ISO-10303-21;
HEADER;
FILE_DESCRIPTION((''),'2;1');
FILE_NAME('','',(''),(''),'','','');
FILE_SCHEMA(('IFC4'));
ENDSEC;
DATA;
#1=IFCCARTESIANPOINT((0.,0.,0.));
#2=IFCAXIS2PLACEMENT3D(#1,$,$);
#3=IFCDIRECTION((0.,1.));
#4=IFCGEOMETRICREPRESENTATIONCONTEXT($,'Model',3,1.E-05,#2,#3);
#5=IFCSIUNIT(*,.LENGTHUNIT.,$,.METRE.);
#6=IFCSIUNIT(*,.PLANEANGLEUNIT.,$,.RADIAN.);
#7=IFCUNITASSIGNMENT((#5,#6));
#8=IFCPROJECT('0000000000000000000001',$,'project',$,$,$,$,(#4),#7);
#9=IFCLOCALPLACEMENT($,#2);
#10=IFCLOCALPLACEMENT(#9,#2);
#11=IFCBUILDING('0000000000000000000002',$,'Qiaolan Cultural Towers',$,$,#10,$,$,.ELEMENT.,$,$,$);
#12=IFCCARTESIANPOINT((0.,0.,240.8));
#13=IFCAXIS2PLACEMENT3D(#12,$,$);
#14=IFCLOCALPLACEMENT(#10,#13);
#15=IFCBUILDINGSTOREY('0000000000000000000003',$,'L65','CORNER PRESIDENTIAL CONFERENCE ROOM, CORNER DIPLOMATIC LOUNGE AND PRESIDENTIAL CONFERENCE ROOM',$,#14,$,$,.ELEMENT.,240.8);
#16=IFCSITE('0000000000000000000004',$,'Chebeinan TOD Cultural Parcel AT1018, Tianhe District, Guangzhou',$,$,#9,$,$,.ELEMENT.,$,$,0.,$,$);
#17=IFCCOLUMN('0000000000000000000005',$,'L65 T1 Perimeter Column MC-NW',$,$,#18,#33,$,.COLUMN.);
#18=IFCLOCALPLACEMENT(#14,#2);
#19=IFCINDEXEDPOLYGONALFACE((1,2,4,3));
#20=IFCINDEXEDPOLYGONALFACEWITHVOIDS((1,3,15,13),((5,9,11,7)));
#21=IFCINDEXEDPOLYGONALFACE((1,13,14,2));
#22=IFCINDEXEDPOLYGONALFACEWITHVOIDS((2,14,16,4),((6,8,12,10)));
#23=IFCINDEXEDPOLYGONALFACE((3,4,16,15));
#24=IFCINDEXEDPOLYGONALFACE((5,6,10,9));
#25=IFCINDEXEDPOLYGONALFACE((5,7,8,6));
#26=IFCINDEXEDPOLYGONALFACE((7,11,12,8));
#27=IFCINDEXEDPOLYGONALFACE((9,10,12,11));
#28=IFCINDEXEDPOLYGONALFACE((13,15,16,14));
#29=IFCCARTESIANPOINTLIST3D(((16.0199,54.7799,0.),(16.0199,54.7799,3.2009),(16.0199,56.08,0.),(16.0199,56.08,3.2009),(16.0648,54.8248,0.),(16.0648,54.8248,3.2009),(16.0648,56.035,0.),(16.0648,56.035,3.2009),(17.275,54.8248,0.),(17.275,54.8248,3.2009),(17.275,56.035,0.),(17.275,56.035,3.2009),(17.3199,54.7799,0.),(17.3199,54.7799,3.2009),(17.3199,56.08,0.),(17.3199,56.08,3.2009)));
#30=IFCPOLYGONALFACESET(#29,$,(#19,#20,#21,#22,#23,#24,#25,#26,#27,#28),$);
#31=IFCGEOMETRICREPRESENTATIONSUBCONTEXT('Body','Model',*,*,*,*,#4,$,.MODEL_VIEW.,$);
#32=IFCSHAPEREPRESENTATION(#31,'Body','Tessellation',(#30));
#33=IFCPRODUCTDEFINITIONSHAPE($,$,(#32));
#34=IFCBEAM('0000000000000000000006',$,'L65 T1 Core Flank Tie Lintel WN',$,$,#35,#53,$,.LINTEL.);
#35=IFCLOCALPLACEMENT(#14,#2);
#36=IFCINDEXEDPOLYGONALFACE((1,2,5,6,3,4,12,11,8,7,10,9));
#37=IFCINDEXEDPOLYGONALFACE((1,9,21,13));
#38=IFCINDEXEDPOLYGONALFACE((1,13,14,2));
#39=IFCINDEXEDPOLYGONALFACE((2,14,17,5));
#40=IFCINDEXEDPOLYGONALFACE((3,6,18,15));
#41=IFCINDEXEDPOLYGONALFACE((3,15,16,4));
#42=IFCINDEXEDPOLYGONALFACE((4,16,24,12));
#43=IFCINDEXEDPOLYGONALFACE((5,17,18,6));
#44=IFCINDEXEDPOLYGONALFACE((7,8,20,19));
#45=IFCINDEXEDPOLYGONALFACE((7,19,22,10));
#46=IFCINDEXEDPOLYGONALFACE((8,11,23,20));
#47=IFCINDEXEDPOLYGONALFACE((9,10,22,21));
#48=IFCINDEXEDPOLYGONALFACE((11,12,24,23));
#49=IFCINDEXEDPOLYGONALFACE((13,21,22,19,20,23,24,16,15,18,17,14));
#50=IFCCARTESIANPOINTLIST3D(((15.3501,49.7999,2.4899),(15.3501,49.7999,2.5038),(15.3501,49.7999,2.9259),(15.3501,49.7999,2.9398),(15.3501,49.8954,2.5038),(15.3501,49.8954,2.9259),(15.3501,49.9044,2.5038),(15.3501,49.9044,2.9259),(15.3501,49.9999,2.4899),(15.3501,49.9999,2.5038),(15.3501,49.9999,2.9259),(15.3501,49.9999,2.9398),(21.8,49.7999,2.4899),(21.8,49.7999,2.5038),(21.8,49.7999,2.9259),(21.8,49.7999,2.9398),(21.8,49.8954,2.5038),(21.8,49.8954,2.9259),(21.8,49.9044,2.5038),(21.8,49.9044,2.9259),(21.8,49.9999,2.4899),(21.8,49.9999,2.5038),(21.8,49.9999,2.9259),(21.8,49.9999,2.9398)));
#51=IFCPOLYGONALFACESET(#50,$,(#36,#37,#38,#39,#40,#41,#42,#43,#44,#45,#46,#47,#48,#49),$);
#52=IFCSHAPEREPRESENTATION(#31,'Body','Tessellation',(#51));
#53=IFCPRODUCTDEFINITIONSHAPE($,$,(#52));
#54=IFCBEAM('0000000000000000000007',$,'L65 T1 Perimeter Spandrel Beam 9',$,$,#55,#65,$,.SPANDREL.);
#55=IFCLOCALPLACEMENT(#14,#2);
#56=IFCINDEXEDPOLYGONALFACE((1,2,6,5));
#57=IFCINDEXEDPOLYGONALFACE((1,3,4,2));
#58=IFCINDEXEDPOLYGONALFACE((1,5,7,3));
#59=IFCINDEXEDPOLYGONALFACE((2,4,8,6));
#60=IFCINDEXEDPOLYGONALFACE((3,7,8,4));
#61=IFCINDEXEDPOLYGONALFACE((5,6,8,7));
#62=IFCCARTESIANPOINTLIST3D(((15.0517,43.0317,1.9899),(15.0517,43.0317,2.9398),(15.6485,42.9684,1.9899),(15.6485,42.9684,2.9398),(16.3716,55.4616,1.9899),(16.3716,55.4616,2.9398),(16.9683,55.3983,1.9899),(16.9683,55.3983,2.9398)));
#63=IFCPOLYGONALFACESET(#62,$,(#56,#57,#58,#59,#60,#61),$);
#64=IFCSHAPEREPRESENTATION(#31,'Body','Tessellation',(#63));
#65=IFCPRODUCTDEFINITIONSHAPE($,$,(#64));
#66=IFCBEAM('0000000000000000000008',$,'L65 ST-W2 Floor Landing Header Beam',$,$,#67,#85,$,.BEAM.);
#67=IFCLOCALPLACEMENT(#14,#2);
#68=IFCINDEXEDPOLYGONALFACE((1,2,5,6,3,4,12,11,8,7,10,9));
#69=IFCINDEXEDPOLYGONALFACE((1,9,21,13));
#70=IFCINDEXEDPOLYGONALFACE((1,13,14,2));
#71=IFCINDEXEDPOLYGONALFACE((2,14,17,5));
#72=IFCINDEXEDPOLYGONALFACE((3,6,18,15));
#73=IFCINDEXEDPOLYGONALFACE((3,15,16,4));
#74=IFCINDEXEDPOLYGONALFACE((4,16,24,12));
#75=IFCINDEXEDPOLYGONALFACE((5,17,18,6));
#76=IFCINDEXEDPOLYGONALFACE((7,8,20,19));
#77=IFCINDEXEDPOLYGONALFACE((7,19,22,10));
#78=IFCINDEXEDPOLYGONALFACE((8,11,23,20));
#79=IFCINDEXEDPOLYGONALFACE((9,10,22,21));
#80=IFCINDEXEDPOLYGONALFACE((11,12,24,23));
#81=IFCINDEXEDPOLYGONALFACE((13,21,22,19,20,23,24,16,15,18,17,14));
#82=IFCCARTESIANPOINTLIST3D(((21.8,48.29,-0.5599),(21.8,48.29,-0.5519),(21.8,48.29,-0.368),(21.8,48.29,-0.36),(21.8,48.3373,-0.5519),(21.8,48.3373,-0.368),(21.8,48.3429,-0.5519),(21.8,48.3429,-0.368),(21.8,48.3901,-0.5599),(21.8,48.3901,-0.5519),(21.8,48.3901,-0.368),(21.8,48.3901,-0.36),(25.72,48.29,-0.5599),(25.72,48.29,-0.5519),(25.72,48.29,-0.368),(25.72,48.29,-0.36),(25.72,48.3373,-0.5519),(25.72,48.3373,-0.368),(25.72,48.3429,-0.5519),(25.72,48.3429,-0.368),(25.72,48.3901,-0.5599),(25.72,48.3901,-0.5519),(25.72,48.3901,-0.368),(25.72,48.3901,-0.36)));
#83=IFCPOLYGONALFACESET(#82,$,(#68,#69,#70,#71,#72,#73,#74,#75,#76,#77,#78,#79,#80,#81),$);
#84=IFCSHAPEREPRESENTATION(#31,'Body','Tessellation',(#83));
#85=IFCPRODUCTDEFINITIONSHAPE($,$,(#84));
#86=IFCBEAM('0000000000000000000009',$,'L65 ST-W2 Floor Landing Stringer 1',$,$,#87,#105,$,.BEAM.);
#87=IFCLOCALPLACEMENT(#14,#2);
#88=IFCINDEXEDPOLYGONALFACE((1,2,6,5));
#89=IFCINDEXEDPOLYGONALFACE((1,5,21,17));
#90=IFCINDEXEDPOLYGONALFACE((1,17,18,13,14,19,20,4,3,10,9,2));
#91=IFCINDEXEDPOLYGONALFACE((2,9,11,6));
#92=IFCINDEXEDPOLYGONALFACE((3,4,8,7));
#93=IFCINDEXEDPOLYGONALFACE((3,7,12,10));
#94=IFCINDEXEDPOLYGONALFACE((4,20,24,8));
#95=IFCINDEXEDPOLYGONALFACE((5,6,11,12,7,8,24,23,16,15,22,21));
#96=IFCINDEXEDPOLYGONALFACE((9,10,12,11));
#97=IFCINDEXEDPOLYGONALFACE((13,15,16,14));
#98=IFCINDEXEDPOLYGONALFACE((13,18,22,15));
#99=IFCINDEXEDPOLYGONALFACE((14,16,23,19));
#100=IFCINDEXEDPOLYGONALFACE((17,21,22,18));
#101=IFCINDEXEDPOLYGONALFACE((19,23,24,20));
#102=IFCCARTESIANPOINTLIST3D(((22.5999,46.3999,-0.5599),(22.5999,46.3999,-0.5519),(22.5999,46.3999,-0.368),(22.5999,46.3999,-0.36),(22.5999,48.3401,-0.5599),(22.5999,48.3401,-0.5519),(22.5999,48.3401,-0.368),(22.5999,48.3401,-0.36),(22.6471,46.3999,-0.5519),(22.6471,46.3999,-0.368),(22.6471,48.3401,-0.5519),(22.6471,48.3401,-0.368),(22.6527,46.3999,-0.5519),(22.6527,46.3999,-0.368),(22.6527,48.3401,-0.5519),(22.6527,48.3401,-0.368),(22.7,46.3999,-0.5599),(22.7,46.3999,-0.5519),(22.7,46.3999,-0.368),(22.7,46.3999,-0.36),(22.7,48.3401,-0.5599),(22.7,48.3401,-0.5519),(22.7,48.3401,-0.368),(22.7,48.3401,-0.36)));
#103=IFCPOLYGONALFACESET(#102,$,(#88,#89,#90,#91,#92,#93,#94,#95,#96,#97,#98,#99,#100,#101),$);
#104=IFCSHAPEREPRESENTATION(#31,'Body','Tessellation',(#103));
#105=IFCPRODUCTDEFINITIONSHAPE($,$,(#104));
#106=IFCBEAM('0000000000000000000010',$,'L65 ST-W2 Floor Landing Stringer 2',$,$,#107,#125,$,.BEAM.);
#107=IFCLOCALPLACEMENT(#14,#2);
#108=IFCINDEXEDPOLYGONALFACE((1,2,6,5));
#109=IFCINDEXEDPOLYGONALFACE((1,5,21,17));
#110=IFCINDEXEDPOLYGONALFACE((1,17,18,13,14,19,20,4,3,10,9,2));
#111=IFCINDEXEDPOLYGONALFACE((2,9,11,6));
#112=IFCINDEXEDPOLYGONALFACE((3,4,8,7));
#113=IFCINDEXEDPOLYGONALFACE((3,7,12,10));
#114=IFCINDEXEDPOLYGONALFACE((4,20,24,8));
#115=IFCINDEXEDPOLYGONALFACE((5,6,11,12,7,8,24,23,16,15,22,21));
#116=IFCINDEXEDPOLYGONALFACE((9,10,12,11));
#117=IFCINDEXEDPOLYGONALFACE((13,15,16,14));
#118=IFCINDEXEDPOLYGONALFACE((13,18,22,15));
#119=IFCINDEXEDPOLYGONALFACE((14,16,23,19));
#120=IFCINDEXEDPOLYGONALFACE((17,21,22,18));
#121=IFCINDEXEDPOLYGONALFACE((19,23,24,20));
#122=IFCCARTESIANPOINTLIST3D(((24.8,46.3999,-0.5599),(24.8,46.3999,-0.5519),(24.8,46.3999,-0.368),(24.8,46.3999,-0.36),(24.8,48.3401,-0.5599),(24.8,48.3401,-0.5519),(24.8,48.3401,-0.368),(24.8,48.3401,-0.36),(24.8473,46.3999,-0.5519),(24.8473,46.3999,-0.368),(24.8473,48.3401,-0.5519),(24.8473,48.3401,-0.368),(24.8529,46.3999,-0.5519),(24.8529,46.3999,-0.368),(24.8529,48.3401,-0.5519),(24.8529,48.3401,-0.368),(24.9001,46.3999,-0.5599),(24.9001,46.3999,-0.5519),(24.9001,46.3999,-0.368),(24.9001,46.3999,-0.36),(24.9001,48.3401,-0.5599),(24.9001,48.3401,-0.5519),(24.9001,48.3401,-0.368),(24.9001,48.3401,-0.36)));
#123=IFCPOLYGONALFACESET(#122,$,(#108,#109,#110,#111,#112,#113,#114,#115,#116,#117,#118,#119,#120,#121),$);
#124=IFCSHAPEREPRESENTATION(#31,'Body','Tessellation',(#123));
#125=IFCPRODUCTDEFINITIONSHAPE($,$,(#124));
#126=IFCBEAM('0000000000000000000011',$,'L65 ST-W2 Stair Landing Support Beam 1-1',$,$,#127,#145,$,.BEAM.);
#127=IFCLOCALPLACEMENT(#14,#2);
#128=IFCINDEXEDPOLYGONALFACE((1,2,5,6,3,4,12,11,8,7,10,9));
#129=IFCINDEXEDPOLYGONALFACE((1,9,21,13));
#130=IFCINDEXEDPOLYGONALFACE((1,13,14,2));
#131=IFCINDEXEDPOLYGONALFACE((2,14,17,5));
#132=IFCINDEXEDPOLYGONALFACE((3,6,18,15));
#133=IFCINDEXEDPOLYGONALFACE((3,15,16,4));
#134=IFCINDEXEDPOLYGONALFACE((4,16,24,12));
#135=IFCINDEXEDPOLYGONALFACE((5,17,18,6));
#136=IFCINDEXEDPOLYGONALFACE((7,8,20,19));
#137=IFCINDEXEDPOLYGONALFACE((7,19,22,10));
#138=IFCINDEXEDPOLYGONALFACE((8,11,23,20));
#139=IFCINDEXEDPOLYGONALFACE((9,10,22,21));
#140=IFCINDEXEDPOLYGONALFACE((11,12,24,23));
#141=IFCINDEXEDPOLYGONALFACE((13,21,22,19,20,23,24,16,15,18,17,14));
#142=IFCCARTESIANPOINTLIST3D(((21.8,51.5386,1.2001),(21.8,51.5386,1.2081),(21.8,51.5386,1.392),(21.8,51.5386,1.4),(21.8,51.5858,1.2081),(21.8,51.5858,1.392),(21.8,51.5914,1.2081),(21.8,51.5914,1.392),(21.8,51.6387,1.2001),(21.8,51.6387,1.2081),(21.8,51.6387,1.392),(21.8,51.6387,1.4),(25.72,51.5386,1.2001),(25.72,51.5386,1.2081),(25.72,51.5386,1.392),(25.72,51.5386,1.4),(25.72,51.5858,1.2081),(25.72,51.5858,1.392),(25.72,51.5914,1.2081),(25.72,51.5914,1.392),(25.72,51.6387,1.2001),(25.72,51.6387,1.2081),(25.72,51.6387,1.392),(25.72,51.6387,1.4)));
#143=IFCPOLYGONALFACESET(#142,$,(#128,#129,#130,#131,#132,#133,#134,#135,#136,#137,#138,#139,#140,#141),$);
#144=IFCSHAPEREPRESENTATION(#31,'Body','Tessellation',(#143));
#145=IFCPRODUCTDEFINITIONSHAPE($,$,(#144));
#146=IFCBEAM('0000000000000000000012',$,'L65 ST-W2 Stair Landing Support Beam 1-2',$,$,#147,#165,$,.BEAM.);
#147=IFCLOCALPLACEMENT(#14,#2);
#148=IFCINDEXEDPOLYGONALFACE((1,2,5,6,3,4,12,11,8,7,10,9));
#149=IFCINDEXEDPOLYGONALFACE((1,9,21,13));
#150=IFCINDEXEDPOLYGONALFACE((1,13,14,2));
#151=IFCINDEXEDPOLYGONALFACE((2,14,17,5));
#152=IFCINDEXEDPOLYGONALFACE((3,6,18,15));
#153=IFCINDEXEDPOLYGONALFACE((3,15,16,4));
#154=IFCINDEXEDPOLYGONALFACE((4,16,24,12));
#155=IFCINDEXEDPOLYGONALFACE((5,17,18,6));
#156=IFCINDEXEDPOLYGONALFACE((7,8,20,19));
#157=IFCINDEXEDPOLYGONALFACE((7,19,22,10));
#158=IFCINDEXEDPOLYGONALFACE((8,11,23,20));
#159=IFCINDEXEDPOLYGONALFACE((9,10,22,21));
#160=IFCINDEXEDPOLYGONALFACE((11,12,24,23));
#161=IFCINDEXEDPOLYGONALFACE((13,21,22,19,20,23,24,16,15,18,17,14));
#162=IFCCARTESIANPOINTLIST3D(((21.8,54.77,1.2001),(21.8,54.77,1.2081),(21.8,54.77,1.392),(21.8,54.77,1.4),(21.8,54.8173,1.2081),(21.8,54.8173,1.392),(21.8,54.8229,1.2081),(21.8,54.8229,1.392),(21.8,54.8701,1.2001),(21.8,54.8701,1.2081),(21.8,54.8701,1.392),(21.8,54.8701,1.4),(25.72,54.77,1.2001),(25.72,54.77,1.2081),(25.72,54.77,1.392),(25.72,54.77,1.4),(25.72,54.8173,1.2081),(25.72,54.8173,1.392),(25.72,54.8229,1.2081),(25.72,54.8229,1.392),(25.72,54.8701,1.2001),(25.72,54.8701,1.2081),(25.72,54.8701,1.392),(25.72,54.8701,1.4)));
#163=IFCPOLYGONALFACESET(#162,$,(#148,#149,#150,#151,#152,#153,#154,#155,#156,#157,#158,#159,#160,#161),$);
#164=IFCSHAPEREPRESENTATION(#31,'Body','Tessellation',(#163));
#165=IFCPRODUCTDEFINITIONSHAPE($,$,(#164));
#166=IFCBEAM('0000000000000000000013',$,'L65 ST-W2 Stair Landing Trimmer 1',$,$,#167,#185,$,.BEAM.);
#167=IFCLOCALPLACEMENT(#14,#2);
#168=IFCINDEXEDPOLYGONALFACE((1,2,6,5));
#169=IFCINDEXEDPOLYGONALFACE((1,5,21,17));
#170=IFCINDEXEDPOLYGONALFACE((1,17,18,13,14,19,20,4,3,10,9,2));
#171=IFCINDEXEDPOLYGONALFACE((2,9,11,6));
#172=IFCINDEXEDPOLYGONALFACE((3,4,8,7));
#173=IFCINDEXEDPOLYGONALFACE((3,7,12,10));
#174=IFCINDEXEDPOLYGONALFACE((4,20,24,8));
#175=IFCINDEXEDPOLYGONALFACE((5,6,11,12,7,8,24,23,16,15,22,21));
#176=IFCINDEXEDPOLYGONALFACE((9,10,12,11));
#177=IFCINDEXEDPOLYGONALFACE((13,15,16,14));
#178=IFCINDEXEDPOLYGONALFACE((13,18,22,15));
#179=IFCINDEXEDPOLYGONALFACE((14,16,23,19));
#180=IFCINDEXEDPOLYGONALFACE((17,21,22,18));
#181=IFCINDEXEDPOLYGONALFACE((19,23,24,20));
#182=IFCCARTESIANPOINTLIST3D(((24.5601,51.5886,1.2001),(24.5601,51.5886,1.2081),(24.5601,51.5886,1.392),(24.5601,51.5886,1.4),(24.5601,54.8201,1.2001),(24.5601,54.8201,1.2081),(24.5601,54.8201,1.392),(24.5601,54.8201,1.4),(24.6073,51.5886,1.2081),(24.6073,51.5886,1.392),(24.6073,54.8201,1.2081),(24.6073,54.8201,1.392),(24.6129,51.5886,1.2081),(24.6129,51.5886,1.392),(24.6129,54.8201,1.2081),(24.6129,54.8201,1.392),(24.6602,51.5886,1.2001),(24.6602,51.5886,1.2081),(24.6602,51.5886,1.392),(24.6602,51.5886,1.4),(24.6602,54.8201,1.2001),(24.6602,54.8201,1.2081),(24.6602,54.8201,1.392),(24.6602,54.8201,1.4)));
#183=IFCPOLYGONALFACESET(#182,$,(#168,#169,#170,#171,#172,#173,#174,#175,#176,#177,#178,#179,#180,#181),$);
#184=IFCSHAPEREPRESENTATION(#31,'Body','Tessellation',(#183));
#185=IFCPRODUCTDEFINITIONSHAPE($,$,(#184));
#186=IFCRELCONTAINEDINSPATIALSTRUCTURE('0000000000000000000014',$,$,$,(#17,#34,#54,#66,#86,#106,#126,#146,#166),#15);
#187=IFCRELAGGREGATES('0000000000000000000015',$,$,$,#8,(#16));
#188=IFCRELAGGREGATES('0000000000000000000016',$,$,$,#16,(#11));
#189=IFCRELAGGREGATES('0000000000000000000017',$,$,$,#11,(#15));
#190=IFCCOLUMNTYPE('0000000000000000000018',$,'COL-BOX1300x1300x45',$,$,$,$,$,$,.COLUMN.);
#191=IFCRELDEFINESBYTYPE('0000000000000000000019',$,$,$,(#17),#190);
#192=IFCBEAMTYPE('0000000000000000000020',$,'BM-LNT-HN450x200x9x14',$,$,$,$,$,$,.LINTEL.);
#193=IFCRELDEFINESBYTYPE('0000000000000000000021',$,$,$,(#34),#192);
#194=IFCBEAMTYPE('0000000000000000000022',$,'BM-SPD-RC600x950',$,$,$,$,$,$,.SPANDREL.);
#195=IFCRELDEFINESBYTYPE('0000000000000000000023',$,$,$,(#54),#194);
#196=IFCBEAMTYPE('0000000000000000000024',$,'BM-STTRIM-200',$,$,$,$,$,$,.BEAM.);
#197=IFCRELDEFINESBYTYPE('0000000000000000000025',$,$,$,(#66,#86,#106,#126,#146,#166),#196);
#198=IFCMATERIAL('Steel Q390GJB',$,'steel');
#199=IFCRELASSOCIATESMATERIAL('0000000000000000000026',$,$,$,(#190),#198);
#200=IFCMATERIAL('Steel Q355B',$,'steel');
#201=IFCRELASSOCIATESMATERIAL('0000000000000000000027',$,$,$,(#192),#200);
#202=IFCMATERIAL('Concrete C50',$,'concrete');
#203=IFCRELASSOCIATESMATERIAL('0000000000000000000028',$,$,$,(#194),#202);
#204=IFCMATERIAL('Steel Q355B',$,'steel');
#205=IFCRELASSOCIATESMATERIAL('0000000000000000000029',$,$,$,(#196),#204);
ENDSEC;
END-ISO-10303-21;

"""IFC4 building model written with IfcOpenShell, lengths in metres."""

from ifc_helpers import new_model, si_unit, direction, frame, origin, origin_2d, place, context, subcontext, project, spatial, rectangle, hollow_rectangle, i_section, extrude, material, material_profile, profile_set, type_object, element, save


model = new_model("IFC4")

# Units and contexts
model_context = context("Model", 3, precision=1e-05, world=origin(), true_north=direction((0.0, 1.0)))
body_context = subcontext(model_context, "Body", "Model", "MODEL_VIEW")
ifc_project = project(units=[si_unit("LENGTHUNIT", "METRE"), si_unit("PLANEANGLEUNIT", "RADIAN")], contexts=[model_context])

# Site, building, storey
site_placement = place(None, origin())
site = spatial("IfcSite", under=ifc_project, at=site_placement, Name="Chebeinan TOD Cultural Parcel AT1018, Tianhe District, Guangzhou", CompositionType="ELEMENT", RefElevation=0.0)
building_placement = place(site_placement, origin())
building = spatial("IfcBuilding", under=site, at=building_placement, Name="Qiaolan Cultural Towers", CompositionType="ELEMENT")
storey_placement = place(building_placement, frame((0.0, 0.0, 240.8)))
storey = spatial("IfcBuildingStorey", under=building, at=storey_placement, Name="L65", Description="CORNER PRESIDENTIAL CONFERENCE ROOM, CORNER DIPLOMATIC LOUNGE AND PRESIDENTIAL CONFERENCE ROOM", CompositionType="ELEMENT", Elevation=240.8)

# Column
ifc_material_1 = material(Name="Steel Q390GJB", Category="steel")
ifc_material_profile_1 = material_profile(ifc_material_1, hollow_rectangle(XDim=1.3, YDim=1.3, WallThickness=0.0449, at=origin_2d()), Name="BOX1300x1300x45")
ifc_profile_set_1 = profile_set([ifc_material_profile_1], Name="Steel Q390GJB")
column_type = type_object("IfcColumnType", Name="COL-BOX1300x1300x45", PredefinedType="COLUMN", material=ifc_profile_set_1)
column_placement = place(storey_placement, frame((16.6699, 55.4299, 0.0), z_axis=(0.0, 0.0, 1.0), x_axis=(1.0, 0.0, 0.0)))
element("IfcColumn", 1, at=column_placement, inside=storey, type_object=column_type, Name="L65 T1 Perimeter Column MC-NW", PredefinedType="COLUMN", context=body_context, shape_type="SweptSolid", body=[
    extrude(hollow_rectangle(XDim=1.3, YDim=1.3, WallThickness=0.0449, at=origin_2d()), origin(), (0.0, 0.0, 1.0), 3.2009),
])

# Beams
ifc_material_2 = material(Name="Steel Q355B", Category="steel")
ifc_material_profile_2 = material_profile(ifc_material_2, i_section(OverallWidth=0.2, OverallDepth=0.45, WebThickness=0.009, FlangeThickness=0.0139, at=origin_2d()), Name="HN450x200x9x14")
ifc_profile_set_2 = profile_set([ifc_material_profile_2], Name="Steel Q355B")
beam_type_1 = type_object("IfcBeamType", Name="BM-LNT-HN450x200x9x14", PredefinedType="LINTEL", material=ifc_profile_set_2)
beam_1_placement = place(storey_placement, frame((21.8, 49.8999, 2.7148), z_axis=(-1.0, 0.0, 0.0), x_axis=(0.0, -1.0, 0.0)))
element("IfcBeam", 2, at=beam_1_placement, inside=storey, type_object=beam_type_1, Name="L65 T1 Core Flank Tie Lintel WN", PredefinedType="LINTEL", context=body_context, shape_type="SweptSolid", body=[
    extrude(i_section(OverallWidth=0.2, OverallDepth=0.45, WebThickness=0.009, FlangeThickness=0.0139, at=origin_2d()), origin(), (0.0, 0.0, 1.0), 6.45),
])
ifc_material_3 = material(Name="Concrete C50", Category="concrete")
ifc_material_profile_3 = material_profile(ifc_material_3, rectangle(XDim=0.6001, YDim=0.95, at=origin_2d()), Name="RC600x950")
ifc_profile_set_3 = profile_set([ifc_material_profile_3], Name="Concrete C50")
beam_type_2 = type_object("IfcBeamType", Name="BM-SPD-RC600x950", PredefinedType="SPANDREL", material=ifc_profile_set_3)
beam_2_placement = place(storey_placement, frame((16.6699, 55.4299, 2.4648), z_axis=(-0.105588, -0.99441, 0.0), x_axis=(0.99441, -0.105588, 0.0)))
element("IfcBeam", 3, at=beam_2_placement, inside=storey, type_object=beam_type_2, Name="L65 T1 Perimeter Spandrel Beam 9", PredefinedType="SPANDREL", context=body_context, shape_type="SweptSolid", body=[
    extrude(rectangle(XDim=0.6001, YDim=0.95, at=origin_2d()), origin(), (0.0, 0.0, 1.0), 12.4998),
])
ifc_material_4 = material(Name="Steel Q355B", Category="steel")
ifc_material_profile_4 = material_profile(ifc_material_4, i_section(OverallWidth=0.1001, OverallDepth=0.2, WebThickness=0.0056, FlangeThickness=0.0081, at=origin_2d()), Name="HN200x100x5.5x8")
ifc_profile_set_4 = profile_set([ifc_material_profile_4], Name="Steel Q355B")
beam_type_3 = type_object("IfcBeamType", Name="BM-STTRIM-200", PredefinedType="BEAM", material=ifc_profile_set_4)
beam_3_placement = place(storey_placement, frame((21.8, 48.3401, -0.46), z_axis=(1.0, 0.0, 0.0), x_axis=(0.0, 1.0, 0.0)))
element("IfcBeam", 4, at=beam_3_placement, inside=storey, type_object=beam_type_3, Name="L65 ST-W2 Floor Landing Header Beam", PredefinedType="BEAM", context=body_context, shape_type="SweptSolid", body=[
    extrude(i_section(OverallWidth=0.1001, OverallDepth=0.2, WebThickness=0.0056, FlangeThickness=0.0081, at=origin_2d()), origin(), (0.0, 0.0, 1.0), 3.9199),
])
for number, where, z_axis, x_axis, name in (
    (5, (22.6499, 46.3999, -0.46), (0.0, 1.0, 0.0), (-1.0, 0.0, 0.0), "L65 ST-W2 Floor Landing Stringer 1"),
    (6, (24.8501, 46.3999, -0.46), (0.0, 1.0, 0.0), (-1.0, 0.0, 0.0), "L65 ST-W2 Floor Landing Stringer 2"),
):
    element("IfcBeam", number, at=place(storey_placement, frame(where, z_axis=z_axis, x_axis=x_axis)), inside=storey, type_object=beam_type_3, Name=name, PredefinedType="BEAM", context=body_context, shape_type="SweptSolid", body=[
        extrude(i_section(OverallWidth=0.1001, OverallDepth=0.2, WebThickness=0.0056, FlangeThickness=0.0081, at=origin_2d()), origin(), (0.0, 0.0, 1.0), 1.9402),
    ])
for number, where, z_axis, x_axis, name in (
    (7, (21.8, 51.5886, 1.3), (1.0, 0.0, 0.0), (0.0, 1.0, 0.0), "L65 ST-W2 Stair Landing Support Beam 1-1"),
    (8, (21.8, 54.8201, 1.3), (1.0, 0.0, 0.0), (0.0, 1.0, 0.0), "L65 ST-W2 Stair Landing Support Beam 1-2"),
):
    element("IfcBeam", number, at=place(storey_placement, frame(where, z_axis=z_axis, x_axis=x_axis)), inside=storey, type_object=beam_type_3, Name=name, PredefinedType="BEAM", context=body_context, shape_type="SweptSolid", body=[
        extrude(i_section(OverallWidth=0.1001, OverallDepth=0.2, WebThickness=0.0056, FlangeThickness=0.0081, at=origin_2d()), origin(), (0.0, 0.0, 1.0), 3.9199),
    ])
beam_4_placement = place(storey_placement, frame((24.6101, 51.5886, 1.3), z_axis=(0.0, 1.0, 0.0), x_axis=(-1.0, 0.0, 0.0)))
element("IfcBeam", 9, at=beam_4_placement, inside=storey, type_object=beam_type_3, Name="L65 ST-W2 Stair Landing Trimmer 1", PredefinedType="BEAM", context=body_context, shape_type="SweptSolid", body=[
    extrude(i_section(OverallWidth=0.1001, OverallDepth=0.2, WebThickness=0.0056, FlangeThickness=0.0081, at=origin_2d()), origin(), (0.0, 0.0, 1.0), 3.2314),
])

save(model, "model.ifc")
